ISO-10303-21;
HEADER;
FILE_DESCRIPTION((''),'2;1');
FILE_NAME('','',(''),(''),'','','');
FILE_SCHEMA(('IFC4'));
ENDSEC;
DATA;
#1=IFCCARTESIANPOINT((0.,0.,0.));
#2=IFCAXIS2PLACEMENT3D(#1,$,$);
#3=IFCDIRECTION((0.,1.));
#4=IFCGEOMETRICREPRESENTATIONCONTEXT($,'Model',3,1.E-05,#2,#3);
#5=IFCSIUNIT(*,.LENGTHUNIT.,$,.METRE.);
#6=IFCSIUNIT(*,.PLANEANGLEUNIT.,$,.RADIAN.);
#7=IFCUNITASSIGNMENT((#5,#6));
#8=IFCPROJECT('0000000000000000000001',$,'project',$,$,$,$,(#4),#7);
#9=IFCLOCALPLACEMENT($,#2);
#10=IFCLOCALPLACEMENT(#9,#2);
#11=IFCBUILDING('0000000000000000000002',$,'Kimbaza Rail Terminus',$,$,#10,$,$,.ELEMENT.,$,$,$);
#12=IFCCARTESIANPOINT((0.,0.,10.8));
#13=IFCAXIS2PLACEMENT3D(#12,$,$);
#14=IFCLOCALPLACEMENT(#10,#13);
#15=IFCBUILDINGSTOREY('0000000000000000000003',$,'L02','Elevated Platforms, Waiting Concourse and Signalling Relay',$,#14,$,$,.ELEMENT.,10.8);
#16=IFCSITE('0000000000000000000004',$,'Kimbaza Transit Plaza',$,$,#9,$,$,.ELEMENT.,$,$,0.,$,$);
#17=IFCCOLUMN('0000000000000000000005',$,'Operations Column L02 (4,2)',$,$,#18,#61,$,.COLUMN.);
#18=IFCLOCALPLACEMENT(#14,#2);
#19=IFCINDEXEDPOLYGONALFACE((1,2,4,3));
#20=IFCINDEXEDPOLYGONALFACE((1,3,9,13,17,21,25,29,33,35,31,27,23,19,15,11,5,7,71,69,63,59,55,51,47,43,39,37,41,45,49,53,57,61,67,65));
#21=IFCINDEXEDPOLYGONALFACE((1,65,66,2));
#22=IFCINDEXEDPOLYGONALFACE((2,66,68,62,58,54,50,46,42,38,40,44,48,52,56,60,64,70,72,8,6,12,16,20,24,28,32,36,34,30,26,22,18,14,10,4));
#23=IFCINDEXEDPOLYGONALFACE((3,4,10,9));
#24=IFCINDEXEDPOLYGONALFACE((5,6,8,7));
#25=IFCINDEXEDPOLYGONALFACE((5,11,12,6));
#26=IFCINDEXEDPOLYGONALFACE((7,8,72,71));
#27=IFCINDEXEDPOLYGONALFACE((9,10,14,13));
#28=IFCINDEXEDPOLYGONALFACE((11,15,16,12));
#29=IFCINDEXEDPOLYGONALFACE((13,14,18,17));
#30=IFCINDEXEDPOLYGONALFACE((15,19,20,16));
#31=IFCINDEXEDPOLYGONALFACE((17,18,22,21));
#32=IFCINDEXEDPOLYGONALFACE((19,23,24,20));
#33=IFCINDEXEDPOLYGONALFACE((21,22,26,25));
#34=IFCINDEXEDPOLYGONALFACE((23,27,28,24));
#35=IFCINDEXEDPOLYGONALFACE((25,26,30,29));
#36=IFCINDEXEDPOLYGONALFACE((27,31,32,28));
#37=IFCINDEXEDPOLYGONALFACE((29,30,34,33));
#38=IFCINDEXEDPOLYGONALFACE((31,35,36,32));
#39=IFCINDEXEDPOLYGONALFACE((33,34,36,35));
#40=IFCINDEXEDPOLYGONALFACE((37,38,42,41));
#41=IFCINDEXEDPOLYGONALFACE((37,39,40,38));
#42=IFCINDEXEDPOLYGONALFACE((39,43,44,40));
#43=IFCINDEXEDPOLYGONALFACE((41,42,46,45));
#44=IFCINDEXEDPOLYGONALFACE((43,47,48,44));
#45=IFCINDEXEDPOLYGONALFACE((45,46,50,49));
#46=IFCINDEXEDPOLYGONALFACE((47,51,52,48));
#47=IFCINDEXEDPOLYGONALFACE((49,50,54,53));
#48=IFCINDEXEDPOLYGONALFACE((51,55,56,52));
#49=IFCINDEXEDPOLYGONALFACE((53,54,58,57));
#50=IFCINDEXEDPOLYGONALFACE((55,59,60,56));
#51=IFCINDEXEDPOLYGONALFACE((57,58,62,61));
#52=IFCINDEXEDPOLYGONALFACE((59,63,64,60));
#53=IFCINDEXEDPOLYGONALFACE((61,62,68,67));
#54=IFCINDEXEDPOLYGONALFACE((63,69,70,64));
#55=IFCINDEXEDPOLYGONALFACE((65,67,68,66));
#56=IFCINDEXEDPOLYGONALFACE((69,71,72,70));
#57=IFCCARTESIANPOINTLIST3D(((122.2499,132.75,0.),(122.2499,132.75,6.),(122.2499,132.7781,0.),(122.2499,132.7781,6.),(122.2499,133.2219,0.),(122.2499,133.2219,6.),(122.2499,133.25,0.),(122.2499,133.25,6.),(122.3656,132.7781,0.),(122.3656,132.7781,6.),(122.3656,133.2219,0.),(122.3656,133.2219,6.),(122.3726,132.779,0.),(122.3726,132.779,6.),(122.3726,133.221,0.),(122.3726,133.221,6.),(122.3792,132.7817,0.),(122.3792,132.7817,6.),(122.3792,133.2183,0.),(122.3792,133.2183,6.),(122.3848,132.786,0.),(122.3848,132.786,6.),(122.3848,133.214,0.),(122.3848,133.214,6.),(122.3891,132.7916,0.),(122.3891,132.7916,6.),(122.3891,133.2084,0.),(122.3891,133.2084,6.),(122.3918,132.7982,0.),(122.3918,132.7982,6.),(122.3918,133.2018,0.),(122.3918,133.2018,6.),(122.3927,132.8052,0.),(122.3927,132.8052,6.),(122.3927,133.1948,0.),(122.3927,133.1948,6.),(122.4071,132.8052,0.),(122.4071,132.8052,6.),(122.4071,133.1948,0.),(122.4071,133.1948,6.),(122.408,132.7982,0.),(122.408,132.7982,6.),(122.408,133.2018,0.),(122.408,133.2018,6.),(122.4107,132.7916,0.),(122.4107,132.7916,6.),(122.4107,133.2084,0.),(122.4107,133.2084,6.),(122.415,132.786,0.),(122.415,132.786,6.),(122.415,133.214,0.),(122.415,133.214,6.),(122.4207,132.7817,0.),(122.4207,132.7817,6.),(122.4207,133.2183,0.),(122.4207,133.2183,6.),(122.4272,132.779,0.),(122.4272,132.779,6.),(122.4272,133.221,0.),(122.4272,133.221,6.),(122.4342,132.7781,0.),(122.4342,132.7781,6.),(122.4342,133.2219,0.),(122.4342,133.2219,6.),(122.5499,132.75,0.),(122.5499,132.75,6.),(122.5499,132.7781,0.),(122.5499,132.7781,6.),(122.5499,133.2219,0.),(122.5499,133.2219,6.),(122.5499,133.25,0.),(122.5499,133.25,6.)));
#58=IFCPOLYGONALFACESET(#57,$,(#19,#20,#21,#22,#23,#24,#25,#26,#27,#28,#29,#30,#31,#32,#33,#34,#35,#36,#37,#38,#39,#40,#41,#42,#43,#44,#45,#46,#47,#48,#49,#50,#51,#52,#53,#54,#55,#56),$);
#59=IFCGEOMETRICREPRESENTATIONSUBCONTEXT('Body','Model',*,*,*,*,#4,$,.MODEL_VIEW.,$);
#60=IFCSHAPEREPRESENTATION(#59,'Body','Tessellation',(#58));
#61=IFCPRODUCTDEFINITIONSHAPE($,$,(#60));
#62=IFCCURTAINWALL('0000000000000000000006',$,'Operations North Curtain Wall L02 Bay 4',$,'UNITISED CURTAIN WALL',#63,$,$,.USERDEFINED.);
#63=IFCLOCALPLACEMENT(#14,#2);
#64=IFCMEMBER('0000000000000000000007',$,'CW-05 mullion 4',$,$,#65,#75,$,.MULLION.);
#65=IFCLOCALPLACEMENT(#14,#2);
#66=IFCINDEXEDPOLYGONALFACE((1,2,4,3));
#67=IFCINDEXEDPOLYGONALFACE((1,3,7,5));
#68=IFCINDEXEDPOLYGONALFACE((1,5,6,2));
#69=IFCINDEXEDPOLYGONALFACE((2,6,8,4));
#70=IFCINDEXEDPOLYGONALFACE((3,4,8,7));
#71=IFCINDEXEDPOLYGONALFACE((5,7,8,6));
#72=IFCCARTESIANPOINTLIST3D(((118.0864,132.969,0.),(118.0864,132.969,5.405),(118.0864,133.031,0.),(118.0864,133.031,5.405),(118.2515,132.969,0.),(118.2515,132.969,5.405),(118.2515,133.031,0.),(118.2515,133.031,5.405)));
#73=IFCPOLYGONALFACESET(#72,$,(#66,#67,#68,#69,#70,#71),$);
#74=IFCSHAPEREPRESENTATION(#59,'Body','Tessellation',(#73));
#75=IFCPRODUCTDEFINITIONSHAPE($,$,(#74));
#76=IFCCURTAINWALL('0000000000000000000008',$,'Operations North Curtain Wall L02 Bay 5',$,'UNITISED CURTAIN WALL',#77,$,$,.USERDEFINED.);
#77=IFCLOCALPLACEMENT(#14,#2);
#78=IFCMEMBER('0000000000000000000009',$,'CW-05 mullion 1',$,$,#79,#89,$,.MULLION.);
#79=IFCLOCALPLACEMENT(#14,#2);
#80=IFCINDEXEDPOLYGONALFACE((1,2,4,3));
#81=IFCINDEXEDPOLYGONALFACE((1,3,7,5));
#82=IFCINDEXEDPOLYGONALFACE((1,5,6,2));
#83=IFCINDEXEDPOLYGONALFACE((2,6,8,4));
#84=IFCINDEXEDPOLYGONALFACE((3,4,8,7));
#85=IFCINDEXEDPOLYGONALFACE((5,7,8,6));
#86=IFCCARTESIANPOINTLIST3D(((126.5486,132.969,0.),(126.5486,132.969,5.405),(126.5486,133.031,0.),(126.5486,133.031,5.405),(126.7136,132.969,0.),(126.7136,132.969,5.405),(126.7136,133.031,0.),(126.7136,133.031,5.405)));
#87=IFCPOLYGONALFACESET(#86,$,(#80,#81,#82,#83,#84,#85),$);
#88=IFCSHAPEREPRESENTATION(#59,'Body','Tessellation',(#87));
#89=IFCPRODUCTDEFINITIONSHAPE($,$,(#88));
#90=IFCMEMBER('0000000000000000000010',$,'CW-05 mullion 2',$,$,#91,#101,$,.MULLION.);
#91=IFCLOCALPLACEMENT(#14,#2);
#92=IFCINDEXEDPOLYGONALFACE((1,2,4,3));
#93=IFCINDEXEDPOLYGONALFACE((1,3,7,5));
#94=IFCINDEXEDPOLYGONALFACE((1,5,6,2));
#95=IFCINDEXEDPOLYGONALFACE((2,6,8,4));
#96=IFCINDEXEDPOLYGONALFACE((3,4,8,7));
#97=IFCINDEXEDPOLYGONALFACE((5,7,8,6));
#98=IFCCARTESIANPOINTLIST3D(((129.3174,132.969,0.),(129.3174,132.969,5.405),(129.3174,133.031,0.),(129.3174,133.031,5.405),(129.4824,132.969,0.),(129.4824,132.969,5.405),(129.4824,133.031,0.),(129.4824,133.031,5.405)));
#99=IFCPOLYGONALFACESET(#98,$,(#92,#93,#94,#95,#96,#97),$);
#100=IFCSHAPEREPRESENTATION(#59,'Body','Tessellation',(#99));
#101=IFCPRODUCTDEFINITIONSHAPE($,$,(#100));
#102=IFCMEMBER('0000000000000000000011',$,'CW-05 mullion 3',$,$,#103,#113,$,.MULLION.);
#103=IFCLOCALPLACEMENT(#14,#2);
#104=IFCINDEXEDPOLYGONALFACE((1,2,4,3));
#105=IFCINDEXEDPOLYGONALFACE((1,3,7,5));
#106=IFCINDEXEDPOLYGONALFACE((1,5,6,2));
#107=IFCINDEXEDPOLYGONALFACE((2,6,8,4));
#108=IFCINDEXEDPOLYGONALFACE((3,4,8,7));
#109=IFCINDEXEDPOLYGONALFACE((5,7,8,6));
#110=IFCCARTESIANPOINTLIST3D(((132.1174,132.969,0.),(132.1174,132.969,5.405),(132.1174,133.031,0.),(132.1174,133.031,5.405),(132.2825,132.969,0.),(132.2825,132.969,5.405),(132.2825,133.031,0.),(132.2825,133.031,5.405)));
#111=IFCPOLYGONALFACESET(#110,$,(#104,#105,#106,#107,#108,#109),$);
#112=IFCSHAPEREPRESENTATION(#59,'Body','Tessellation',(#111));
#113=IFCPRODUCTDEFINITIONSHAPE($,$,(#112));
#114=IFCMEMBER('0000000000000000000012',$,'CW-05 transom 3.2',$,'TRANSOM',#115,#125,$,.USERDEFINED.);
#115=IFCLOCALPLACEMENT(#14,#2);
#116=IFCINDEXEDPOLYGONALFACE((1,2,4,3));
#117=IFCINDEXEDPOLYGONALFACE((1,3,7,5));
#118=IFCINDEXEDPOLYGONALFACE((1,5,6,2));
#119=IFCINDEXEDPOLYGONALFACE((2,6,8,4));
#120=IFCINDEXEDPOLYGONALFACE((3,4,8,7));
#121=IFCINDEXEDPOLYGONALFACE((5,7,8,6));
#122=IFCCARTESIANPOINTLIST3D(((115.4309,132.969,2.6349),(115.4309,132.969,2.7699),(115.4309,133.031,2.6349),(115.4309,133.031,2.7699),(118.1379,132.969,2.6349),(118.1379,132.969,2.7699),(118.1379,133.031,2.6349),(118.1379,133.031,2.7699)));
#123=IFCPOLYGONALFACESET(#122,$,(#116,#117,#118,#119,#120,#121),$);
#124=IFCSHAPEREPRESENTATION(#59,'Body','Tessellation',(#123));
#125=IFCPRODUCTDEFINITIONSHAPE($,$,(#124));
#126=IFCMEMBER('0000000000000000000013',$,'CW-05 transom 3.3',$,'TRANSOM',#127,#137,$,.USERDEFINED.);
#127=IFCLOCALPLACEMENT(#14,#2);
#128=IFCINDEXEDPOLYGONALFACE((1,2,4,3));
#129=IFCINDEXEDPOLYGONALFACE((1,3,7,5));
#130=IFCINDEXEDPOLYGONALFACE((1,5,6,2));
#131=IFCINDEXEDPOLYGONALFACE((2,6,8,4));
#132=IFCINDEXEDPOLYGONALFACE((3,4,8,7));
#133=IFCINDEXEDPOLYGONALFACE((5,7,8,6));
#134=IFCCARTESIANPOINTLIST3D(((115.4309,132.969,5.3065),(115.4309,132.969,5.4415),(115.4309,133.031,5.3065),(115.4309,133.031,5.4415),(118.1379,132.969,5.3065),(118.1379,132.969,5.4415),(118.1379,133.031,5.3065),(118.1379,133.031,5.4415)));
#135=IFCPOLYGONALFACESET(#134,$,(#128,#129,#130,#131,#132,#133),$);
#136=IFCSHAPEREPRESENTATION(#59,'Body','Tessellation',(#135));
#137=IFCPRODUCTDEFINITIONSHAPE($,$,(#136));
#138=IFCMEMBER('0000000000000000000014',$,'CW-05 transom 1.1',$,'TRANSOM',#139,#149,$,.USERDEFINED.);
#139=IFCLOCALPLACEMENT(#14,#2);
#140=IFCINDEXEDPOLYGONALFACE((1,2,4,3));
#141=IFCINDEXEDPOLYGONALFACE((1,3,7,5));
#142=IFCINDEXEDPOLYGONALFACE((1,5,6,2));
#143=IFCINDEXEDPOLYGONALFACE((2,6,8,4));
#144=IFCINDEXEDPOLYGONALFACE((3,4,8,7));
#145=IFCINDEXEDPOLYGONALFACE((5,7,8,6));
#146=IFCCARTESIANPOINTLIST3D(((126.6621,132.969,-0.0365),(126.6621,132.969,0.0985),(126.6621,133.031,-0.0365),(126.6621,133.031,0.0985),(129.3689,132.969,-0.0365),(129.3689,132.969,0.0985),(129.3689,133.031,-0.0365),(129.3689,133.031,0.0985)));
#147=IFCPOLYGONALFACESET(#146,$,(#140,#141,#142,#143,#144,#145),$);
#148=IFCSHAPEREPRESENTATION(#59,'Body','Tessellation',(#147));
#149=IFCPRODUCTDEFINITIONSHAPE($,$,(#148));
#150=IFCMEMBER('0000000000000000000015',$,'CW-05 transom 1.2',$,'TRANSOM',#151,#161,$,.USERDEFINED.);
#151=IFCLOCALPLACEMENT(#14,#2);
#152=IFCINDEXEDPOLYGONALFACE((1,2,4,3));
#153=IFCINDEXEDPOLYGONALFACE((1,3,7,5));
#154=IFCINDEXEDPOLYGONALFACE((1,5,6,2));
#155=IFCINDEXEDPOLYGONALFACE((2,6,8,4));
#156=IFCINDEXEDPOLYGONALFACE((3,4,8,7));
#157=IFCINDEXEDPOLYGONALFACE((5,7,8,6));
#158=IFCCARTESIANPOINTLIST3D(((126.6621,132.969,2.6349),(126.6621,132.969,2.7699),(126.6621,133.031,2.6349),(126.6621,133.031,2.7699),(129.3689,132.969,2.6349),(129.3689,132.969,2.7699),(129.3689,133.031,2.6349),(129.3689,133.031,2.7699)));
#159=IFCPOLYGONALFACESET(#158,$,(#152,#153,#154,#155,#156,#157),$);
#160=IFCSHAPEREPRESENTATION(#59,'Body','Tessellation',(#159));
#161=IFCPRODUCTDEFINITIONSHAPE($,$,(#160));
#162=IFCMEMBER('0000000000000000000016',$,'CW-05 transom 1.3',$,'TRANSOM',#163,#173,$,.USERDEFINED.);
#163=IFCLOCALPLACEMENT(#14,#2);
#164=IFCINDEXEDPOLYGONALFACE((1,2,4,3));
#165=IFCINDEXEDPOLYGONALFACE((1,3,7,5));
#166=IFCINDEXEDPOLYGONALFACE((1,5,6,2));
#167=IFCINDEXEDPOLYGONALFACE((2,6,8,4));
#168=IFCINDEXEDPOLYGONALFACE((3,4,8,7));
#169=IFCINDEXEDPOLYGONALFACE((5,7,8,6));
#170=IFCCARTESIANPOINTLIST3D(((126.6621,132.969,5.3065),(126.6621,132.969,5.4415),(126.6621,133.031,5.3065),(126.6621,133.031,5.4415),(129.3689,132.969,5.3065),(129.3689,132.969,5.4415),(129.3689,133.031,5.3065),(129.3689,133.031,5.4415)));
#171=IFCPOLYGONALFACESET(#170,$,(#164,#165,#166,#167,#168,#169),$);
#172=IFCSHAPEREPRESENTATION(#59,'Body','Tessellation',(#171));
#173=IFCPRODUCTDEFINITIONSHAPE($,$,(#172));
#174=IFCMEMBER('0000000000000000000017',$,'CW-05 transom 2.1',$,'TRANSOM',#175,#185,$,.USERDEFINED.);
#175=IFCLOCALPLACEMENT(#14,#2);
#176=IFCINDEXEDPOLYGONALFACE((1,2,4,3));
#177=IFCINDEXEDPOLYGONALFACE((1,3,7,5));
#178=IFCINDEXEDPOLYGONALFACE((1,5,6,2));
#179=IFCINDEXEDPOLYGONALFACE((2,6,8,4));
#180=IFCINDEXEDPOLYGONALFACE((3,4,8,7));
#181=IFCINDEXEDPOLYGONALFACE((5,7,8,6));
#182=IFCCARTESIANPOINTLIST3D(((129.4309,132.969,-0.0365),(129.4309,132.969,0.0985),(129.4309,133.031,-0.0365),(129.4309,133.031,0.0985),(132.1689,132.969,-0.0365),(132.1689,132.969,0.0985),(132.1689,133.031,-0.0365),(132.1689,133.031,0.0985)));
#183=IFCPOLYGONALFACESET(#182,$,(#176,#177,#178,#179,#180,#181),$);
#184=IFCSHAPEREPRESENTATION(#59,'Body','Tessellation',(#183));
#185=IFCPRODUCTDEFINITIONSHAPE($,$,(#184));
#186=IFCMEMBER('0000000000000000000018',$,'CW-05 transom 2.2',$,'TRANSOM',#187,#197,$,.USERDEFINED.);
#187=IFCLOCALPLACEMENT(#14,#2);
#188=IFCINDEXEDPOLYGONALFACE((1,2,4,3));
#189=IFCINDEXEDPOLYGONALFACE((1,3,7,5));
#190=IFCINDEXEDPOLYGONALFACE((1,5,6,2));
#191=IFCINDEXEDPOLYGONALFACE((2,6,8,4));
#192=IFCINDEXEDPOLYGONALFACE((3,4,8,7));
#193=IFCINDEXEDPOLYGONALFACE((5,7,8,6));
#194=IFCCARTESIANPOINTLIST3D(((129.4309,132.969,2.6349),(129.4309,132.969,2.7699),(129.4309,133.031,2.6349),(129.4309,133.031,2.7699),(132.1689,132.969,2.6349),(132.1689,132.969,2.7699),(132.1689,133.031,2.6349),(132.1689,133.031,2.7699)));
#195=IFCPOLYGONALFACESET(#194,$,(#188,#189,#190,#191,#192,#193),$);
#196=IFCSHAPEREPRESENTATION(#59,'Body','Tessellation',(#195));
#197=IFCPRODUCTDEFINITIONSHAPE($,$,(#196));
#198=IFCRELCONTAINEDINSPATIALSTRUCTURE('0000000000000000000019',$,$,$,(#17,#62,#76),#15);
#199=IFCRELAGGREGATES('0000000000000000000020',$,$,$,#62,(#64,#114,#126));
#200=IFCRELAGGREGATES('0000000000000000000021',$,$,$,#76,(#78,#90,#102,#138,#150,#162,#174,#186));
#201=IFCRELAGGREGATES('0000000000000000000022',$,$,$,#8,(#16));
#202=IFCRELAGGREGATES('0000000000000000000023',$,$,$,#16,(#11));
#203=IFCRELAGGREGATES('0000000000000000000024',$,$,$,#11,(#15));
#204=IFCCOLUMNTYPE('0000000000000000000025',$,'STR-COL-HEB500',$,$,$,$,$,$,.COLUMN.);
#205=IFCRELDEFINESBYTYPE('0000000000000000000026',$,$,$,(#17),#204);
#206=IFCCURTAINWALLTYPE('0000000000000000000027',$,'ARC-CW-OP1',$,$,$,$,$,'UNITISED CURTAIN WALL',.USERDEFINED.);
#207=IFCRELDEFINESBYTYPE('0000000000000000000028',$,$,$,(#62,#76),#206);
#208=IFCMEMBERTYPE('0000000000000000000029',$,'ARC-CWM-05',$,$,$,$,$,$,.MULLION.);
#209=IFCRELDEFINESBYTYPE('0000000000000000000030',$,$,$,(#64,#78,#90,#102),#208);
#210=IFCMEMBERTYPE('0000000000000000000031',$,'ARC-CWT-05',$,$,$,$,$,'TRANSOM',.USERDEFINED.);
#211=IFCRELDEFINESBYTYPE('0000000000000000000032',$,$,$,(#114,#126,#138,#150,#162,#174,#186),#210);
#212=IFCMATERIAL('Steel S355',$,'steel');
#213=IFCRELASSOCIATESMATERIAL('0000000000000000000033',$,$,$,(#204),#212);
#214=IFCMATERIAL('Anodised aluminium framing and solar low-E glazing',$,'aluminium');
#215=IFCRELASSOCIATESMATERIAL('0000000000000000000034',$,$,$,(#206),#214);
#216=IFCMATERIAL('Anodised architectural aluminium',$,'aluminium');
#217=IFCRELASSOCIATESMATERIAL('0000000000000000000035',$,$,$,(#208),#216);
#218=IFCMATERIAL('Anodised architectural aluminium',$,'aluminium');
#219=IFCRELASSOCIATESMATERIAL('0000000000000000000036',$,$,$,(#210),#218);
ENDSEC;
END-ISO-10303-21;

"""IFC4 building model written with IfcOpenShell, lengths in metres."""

from ifc_helpers import new_model, si_unit, direction, frame, origin, origin_2d, place, context, subcontext, project, spatial, rectangle, i_section, extrude, material, material_profile, profile_set, type_object, element, aggregate, save


model = new_model("IFC4")

# Units and contexts
model_context = context("Model", 3, precision=1e-05, world=origin(), true_north=direction((0.0, 1.0)))
body_context = subcontext(model_context, "Body", "Model", "MODEL_VIEW")
ifc_project = project(units=[si_unit("LENGTHUNIT", "METRE"), si_unit("PLANEANGLEUNIT", "RADIAN")], contexts=[model_context])

# Site, building, storey
site_placement = place(None, origin())
site = spatial("IfcSite", under=ifc_project, at=site_placement, Name="Kimbaza Transit Plaza", CompositionType="ELEMENT", RefElevation=0.0)
building_placement = place(site_placement, origin())
building = spatial("IfcBuilding", under=site, at=building_placement, Name="Kimbaza Rail Terminus", CompositionType="ELEMENT")
storey_placement = place(building_placement, frame((0.0, 0.0, 10.8)))
storey = spatial("IfcBuildingStorey", under=building, at=storey_placement, Name="L02", Description="Elevated Platforms, Waiting Concourse and Signalling Relay", CompositionType="ELEMENT", Elevation=10.8)

# Column
ifc_material_1 = material(Name="Steel S355", Category="steel")
ifc_material_profile_1 = material_profile(ifc_material_1, i_section(OverallWidth=0.3, OverallDepth=0.5, WebThickness=0.0144, FlangeThickness=0.0281, FilletRadius=0.0271, at=origin_2d()), Name="HEB 500")
ifc_profile_set_1 = profile_set([ifc_material_profile_1], Name="Steel S355")
column_type = type_object("IfcColumnType", Name="STR-COL-HEB500", PredefinedType="COLUMN", material=ifc_profile_set_1)
column_placement = place(storey_placement, frame((122.3999, 133.0, 0.0), z_axis=(0.0, 0.0, 1.0), x_axis=(1.0, 0.0, 0.0)))
element("IfcColumn", 1, at=column_placement, inside=storey, type_object=column_type, Name="Operations Column L02 (4,2)", PredefinedType="COLUMN", context=body_context, shape_type="SweptSolid", body=[
    extrude(i_section(OverallWidth=0.3, OverallDepth=0.5, WebThickness=0.0144, FlangeThickness=0.0281, FilletRadius=0.0271, at=origin_2d()), origin(), (0.0, 0.0, 1.0), 6.0),
])

# Curtain wall, member
ifc_material_2 = material(Name="Anodised aluminium framing and solar low-E glazing", Category="aluminium")
curtain_wall_type = type_object("IfcCurtainWallType", Name="ARC-CW-OP1", ElementType="UNITISED CURTAIN WALL", PredefinedType="USERDEFINED", material=ifc_material_2)
curtain_wall_1_placement = place(storey_placement, origin())
curtain_wall_1 = element("IfcCurtainWall", 2, at=curtain_wall_1_placement, inside=storey, type_object=curtain_wall_type, Name="Operations North Curtain Wall L02 Bay 4", ObjectType="UNITISED CURTAIN WALL", PredefinedType="USERDEFINED")
ifc_material_3 = material(Name="Anodised architectural aluminium", Category="aluminium")
ifc_material_profile_2 = material_profile(ifc_material_3, rectangle(XDim=0.062, YDim=0.165, at=origin_2d()), Name="MULLION 62x165")
ifc_profile_set_2 = profile_set([ifc_material_profile_2], Name="Anodised architectural aluminium")
member_type_1 = type_object("IfcMemberType", Name="ARC-CWM-05", PredefinedType="MULLION", material=ifc_profile_set_2)
member_1_placement = place(storey_placement, frame((118.1689, 133.0, 0.0), z_axis=(0.0, 0.0, 1.0), x_axis=(0.0, 1.0, 0.0)))
member_1 = element("IfcMember", 3, at=member_1_placement, type_object=member_type_1, Name="CW-05 mullion 4", PredefinedType="MULLION", context=body_context, shape_type="SweptSolid", body=[
    extrude(rectangle(XDim=0.062, YDim=0.165, at=origin_2d()), origin(), (0.0, 0.0, 1.0), 5.405),
])

# Curtain wall, members
curtain_wall_2_placement = place(storey_placement, origin())
curtain_wall_2 = element("IfcCurtainWall", 4, at=curtain_wall_2_placement, inside=storey, type_object=curtain_wall_type, Name="Operations North Curtain Wall L02 Bay 5", ObjectType="UNITISED CURTAIN WALL", PredefinedType="USERDEFINED")
member_2_placement = place(storey_placement, frame((126.6311, 133.0, 0.0), z_axis=(0.0, 0.0, 1.0), x_axis=(0.0, 1.0, 0.0)))
member_2 = element("IfcMember", 5, at=member_2_placement, type_object=member_type_1, Name="CW-05 mullion 1", PredefinedType="MULLION", context=body_context, shape_type="SweptSolid", body=[
    extrude(rectangle(XDim=0.062, YDim=0.165, at=origin_2d()), origin(), (0.0, 0.0, 1.0), 5.405),
])
member_3_placement = place(storey_placement, frame((129.3999, 133.0, 0.0), z_axis=(0.0, 0.0, 1.0), x_axis=(0.0, 1.0, 0.0)))
member_3 = element("IfcMember", 6, at=member_3_placement, type_object=member_type_1, Name="CW-05 mullion 2", PredefinedType="MULLION", context=body_context, shape_type="SweptSolid", body=[
    extrude(rectangle(XDim=0.062, YDim=0.165, at=origin_2d()), origin(), (0.0, 0.0, 1.0), 5.405),
])
member_4_placement = place(storey_placement, frame((132.2, 133.0, 0.0), z_axis=(0.0, 0.0, 1.0), x_axis=(0.0, 1.0, 0.0)))
member_4 = element("IfcMember", 7, at=member_4_placement, type_object=member_type_1, Name="CW-05 mullion 3", PredefinedType="MULLION", context=body_context, shape_type="SweptSolid", body=[
    extrude(rectangle(XDim=0.062, YDim=0.165, at=origin_2d()), origin(), (0.0, 0.0, 1.0), 5.405),
])

# Members
ifc_material_4 = material(Name="Anodised architectural aluminium", Category="aluminium")
ifc_material_profile_3 = material_profile(ifc_material_4, rectangle(XDim=0.062, YDim=0.135, at=origin_2d()), Name="TRANSOM 62x135")
ifc_profile_set_3 = profile_set([ifc_material_profile_3], Name="Anodised architectural aluminium")
member_type_2 = type_object("IfcMemberType", Name="ARC-CWT-05", ElementType="TRANSOM", PredefinedType="USERDEFINED", material=ifc_profile_set_3)
member_5_placement = place(storey_placement, frame((115.4309, 133.0, 2.7024), z_axis=(1.0, 0.0, 0.0), x_axis=(0.0, 1.0, 0.0)))
member_5 = element("IfcMember", 8, at=member_5_placement, type_object=member_type_2, Name="CW-05 transom 3.2", ObjectType="TRANSOM", PredefinedType="USERDEFINED", context=body_context, shape_type="SweptSolid", body=[
    extrude(rectangle(XDim=0.062, YDim=0.135, at=origin_2d()), origin(), (0.0, 0.0, 1.0), 2.707),
])
member_6_placement = place(storey_placement, frame((115.4309, 133.0, 5.374), z_axis=(1.0, 0.0, 0.0), x_axis=(0.0, 1.0, 0.0)))
member_6 = element("IfcMember", 9, at=member_6_placement, type_object=member_type_2, Name="CW-05 transom 3.3", ObjectType="TRANSOM", PredefinedType="USERDEFINED", context=body_context, shape_type="SweptSolid", body=[
    extrude(rectangle(XDim=0.062, YDim=0.135, at=origin_2d()), origin(), (0.0, 0.0, 1.0), 2.707),
])
member_7_placement = place(storey_placement, frame((126.6621, 133.0, 0.031), z_axis=(1.0, 0.0, 0.0), x_axis=(0.0, 1.0, 0.0)))
member_7 = element("IfcMember", 10, at=member_7_placement, type_object=member_type_2, Name="CW-05 transom 1.1", ObjectType="TRANSOM", PredefinedType="USERDEFINED", context=body_context, shape_type="SweptSolid", body=[
    extrude(rectangle(XDim=0.062, YDim=0.135, at=origin_2d()), origin(), (0.0, 0.0, 1.0), 2.7068),
])
member_8_placement = place(storey_placement, frame((126.6621, 133.0, 2.7024), z_axis=(1.0, 0.0, 0.0), x_axis=(0.0, 1.0, 0.0)))
member_8 = element("IfcMember", 11, at=member_8_placement, type_object=member_type_2, Name="CW-05 transom 1.2", ObjectType="TRANSOM", PredefinedType="USERDEFINED", context=body_context, shape_type="SweptSolid", body=[
    extrude(rectangle(XDim=0.062, YDim=0.135, at=origin_2d()), origin(), (0.0, 0.0, 1.0), 2.7068),
])
member_9_placement = place(storey_placement, frame((126.6621, 133.0, 5.374), z_axis=(1.0, 0.0, 0.0), x_axis=(0.0, 1.0, 0.0)))
member_9 = element("IfcMember", 12, at=member_9_placement, type_object=member_type_2, Name="CW-05 transom 1.3", ObjectType="TRANSOM", PredefinedType="USERDEFINED", context=body_context, shape_type="SweptSolid", body=[
    extrude(rectangle(XDim=0.062, YDim=0.135, at=origin_2d()), origin(), (0.0, 0.0, 1.0), 2.7068),
])
member_10_placement = place(storey_placement, frame((129.4309, 133.0, 0.031), z_axis=(1.0, 0.0, 0.0), x_axis=(0.0, 1.0, 0.0)))
member_10 = element("IfcMember", 13, at=member_10_placement, type_object=member_type_2, Name="CW-05 transom 2.1", ObjectType="TRANSOM", PredefinedType="USERDEFINED", context=body_context, shape_type="SweptSolid", body=[
    extrude(rectangle(XDim=0.062, YDim=0.135, at=origin_2d()), origin(), (0.0, 0.0, 1.0), 2.738),
])
member_11_placement = place(storey_placement, frame((129.4309, 133.0, 2.7024), z_axis=(1.0, 0.0, 0.0), x_axis=(0.0, 1.0, 0.0)))
member_11 = element("IfcMember", 14, at=member_11_placement, type_object=member_type_2, Name="CW-05 transom 2.2", ObjectType="TRANSOM", PredefinedType="USERDEFINED", context=body_context, shape_type="SweptSolid", body=[
    extrude(rectangle(XDim=0.062, YDim=0.135, at=origin_2d()), origin(), (0.0, 0.0, 1.0), 2.738),
])

aggregate(curtain_wall_1, [member_1, member_5, member_6])
aggregate(curtain_wall_2, [member_2, member_3, member_4, member_7, member_8, member_9, member_10, member_11])

save(model, "model.ifc")
